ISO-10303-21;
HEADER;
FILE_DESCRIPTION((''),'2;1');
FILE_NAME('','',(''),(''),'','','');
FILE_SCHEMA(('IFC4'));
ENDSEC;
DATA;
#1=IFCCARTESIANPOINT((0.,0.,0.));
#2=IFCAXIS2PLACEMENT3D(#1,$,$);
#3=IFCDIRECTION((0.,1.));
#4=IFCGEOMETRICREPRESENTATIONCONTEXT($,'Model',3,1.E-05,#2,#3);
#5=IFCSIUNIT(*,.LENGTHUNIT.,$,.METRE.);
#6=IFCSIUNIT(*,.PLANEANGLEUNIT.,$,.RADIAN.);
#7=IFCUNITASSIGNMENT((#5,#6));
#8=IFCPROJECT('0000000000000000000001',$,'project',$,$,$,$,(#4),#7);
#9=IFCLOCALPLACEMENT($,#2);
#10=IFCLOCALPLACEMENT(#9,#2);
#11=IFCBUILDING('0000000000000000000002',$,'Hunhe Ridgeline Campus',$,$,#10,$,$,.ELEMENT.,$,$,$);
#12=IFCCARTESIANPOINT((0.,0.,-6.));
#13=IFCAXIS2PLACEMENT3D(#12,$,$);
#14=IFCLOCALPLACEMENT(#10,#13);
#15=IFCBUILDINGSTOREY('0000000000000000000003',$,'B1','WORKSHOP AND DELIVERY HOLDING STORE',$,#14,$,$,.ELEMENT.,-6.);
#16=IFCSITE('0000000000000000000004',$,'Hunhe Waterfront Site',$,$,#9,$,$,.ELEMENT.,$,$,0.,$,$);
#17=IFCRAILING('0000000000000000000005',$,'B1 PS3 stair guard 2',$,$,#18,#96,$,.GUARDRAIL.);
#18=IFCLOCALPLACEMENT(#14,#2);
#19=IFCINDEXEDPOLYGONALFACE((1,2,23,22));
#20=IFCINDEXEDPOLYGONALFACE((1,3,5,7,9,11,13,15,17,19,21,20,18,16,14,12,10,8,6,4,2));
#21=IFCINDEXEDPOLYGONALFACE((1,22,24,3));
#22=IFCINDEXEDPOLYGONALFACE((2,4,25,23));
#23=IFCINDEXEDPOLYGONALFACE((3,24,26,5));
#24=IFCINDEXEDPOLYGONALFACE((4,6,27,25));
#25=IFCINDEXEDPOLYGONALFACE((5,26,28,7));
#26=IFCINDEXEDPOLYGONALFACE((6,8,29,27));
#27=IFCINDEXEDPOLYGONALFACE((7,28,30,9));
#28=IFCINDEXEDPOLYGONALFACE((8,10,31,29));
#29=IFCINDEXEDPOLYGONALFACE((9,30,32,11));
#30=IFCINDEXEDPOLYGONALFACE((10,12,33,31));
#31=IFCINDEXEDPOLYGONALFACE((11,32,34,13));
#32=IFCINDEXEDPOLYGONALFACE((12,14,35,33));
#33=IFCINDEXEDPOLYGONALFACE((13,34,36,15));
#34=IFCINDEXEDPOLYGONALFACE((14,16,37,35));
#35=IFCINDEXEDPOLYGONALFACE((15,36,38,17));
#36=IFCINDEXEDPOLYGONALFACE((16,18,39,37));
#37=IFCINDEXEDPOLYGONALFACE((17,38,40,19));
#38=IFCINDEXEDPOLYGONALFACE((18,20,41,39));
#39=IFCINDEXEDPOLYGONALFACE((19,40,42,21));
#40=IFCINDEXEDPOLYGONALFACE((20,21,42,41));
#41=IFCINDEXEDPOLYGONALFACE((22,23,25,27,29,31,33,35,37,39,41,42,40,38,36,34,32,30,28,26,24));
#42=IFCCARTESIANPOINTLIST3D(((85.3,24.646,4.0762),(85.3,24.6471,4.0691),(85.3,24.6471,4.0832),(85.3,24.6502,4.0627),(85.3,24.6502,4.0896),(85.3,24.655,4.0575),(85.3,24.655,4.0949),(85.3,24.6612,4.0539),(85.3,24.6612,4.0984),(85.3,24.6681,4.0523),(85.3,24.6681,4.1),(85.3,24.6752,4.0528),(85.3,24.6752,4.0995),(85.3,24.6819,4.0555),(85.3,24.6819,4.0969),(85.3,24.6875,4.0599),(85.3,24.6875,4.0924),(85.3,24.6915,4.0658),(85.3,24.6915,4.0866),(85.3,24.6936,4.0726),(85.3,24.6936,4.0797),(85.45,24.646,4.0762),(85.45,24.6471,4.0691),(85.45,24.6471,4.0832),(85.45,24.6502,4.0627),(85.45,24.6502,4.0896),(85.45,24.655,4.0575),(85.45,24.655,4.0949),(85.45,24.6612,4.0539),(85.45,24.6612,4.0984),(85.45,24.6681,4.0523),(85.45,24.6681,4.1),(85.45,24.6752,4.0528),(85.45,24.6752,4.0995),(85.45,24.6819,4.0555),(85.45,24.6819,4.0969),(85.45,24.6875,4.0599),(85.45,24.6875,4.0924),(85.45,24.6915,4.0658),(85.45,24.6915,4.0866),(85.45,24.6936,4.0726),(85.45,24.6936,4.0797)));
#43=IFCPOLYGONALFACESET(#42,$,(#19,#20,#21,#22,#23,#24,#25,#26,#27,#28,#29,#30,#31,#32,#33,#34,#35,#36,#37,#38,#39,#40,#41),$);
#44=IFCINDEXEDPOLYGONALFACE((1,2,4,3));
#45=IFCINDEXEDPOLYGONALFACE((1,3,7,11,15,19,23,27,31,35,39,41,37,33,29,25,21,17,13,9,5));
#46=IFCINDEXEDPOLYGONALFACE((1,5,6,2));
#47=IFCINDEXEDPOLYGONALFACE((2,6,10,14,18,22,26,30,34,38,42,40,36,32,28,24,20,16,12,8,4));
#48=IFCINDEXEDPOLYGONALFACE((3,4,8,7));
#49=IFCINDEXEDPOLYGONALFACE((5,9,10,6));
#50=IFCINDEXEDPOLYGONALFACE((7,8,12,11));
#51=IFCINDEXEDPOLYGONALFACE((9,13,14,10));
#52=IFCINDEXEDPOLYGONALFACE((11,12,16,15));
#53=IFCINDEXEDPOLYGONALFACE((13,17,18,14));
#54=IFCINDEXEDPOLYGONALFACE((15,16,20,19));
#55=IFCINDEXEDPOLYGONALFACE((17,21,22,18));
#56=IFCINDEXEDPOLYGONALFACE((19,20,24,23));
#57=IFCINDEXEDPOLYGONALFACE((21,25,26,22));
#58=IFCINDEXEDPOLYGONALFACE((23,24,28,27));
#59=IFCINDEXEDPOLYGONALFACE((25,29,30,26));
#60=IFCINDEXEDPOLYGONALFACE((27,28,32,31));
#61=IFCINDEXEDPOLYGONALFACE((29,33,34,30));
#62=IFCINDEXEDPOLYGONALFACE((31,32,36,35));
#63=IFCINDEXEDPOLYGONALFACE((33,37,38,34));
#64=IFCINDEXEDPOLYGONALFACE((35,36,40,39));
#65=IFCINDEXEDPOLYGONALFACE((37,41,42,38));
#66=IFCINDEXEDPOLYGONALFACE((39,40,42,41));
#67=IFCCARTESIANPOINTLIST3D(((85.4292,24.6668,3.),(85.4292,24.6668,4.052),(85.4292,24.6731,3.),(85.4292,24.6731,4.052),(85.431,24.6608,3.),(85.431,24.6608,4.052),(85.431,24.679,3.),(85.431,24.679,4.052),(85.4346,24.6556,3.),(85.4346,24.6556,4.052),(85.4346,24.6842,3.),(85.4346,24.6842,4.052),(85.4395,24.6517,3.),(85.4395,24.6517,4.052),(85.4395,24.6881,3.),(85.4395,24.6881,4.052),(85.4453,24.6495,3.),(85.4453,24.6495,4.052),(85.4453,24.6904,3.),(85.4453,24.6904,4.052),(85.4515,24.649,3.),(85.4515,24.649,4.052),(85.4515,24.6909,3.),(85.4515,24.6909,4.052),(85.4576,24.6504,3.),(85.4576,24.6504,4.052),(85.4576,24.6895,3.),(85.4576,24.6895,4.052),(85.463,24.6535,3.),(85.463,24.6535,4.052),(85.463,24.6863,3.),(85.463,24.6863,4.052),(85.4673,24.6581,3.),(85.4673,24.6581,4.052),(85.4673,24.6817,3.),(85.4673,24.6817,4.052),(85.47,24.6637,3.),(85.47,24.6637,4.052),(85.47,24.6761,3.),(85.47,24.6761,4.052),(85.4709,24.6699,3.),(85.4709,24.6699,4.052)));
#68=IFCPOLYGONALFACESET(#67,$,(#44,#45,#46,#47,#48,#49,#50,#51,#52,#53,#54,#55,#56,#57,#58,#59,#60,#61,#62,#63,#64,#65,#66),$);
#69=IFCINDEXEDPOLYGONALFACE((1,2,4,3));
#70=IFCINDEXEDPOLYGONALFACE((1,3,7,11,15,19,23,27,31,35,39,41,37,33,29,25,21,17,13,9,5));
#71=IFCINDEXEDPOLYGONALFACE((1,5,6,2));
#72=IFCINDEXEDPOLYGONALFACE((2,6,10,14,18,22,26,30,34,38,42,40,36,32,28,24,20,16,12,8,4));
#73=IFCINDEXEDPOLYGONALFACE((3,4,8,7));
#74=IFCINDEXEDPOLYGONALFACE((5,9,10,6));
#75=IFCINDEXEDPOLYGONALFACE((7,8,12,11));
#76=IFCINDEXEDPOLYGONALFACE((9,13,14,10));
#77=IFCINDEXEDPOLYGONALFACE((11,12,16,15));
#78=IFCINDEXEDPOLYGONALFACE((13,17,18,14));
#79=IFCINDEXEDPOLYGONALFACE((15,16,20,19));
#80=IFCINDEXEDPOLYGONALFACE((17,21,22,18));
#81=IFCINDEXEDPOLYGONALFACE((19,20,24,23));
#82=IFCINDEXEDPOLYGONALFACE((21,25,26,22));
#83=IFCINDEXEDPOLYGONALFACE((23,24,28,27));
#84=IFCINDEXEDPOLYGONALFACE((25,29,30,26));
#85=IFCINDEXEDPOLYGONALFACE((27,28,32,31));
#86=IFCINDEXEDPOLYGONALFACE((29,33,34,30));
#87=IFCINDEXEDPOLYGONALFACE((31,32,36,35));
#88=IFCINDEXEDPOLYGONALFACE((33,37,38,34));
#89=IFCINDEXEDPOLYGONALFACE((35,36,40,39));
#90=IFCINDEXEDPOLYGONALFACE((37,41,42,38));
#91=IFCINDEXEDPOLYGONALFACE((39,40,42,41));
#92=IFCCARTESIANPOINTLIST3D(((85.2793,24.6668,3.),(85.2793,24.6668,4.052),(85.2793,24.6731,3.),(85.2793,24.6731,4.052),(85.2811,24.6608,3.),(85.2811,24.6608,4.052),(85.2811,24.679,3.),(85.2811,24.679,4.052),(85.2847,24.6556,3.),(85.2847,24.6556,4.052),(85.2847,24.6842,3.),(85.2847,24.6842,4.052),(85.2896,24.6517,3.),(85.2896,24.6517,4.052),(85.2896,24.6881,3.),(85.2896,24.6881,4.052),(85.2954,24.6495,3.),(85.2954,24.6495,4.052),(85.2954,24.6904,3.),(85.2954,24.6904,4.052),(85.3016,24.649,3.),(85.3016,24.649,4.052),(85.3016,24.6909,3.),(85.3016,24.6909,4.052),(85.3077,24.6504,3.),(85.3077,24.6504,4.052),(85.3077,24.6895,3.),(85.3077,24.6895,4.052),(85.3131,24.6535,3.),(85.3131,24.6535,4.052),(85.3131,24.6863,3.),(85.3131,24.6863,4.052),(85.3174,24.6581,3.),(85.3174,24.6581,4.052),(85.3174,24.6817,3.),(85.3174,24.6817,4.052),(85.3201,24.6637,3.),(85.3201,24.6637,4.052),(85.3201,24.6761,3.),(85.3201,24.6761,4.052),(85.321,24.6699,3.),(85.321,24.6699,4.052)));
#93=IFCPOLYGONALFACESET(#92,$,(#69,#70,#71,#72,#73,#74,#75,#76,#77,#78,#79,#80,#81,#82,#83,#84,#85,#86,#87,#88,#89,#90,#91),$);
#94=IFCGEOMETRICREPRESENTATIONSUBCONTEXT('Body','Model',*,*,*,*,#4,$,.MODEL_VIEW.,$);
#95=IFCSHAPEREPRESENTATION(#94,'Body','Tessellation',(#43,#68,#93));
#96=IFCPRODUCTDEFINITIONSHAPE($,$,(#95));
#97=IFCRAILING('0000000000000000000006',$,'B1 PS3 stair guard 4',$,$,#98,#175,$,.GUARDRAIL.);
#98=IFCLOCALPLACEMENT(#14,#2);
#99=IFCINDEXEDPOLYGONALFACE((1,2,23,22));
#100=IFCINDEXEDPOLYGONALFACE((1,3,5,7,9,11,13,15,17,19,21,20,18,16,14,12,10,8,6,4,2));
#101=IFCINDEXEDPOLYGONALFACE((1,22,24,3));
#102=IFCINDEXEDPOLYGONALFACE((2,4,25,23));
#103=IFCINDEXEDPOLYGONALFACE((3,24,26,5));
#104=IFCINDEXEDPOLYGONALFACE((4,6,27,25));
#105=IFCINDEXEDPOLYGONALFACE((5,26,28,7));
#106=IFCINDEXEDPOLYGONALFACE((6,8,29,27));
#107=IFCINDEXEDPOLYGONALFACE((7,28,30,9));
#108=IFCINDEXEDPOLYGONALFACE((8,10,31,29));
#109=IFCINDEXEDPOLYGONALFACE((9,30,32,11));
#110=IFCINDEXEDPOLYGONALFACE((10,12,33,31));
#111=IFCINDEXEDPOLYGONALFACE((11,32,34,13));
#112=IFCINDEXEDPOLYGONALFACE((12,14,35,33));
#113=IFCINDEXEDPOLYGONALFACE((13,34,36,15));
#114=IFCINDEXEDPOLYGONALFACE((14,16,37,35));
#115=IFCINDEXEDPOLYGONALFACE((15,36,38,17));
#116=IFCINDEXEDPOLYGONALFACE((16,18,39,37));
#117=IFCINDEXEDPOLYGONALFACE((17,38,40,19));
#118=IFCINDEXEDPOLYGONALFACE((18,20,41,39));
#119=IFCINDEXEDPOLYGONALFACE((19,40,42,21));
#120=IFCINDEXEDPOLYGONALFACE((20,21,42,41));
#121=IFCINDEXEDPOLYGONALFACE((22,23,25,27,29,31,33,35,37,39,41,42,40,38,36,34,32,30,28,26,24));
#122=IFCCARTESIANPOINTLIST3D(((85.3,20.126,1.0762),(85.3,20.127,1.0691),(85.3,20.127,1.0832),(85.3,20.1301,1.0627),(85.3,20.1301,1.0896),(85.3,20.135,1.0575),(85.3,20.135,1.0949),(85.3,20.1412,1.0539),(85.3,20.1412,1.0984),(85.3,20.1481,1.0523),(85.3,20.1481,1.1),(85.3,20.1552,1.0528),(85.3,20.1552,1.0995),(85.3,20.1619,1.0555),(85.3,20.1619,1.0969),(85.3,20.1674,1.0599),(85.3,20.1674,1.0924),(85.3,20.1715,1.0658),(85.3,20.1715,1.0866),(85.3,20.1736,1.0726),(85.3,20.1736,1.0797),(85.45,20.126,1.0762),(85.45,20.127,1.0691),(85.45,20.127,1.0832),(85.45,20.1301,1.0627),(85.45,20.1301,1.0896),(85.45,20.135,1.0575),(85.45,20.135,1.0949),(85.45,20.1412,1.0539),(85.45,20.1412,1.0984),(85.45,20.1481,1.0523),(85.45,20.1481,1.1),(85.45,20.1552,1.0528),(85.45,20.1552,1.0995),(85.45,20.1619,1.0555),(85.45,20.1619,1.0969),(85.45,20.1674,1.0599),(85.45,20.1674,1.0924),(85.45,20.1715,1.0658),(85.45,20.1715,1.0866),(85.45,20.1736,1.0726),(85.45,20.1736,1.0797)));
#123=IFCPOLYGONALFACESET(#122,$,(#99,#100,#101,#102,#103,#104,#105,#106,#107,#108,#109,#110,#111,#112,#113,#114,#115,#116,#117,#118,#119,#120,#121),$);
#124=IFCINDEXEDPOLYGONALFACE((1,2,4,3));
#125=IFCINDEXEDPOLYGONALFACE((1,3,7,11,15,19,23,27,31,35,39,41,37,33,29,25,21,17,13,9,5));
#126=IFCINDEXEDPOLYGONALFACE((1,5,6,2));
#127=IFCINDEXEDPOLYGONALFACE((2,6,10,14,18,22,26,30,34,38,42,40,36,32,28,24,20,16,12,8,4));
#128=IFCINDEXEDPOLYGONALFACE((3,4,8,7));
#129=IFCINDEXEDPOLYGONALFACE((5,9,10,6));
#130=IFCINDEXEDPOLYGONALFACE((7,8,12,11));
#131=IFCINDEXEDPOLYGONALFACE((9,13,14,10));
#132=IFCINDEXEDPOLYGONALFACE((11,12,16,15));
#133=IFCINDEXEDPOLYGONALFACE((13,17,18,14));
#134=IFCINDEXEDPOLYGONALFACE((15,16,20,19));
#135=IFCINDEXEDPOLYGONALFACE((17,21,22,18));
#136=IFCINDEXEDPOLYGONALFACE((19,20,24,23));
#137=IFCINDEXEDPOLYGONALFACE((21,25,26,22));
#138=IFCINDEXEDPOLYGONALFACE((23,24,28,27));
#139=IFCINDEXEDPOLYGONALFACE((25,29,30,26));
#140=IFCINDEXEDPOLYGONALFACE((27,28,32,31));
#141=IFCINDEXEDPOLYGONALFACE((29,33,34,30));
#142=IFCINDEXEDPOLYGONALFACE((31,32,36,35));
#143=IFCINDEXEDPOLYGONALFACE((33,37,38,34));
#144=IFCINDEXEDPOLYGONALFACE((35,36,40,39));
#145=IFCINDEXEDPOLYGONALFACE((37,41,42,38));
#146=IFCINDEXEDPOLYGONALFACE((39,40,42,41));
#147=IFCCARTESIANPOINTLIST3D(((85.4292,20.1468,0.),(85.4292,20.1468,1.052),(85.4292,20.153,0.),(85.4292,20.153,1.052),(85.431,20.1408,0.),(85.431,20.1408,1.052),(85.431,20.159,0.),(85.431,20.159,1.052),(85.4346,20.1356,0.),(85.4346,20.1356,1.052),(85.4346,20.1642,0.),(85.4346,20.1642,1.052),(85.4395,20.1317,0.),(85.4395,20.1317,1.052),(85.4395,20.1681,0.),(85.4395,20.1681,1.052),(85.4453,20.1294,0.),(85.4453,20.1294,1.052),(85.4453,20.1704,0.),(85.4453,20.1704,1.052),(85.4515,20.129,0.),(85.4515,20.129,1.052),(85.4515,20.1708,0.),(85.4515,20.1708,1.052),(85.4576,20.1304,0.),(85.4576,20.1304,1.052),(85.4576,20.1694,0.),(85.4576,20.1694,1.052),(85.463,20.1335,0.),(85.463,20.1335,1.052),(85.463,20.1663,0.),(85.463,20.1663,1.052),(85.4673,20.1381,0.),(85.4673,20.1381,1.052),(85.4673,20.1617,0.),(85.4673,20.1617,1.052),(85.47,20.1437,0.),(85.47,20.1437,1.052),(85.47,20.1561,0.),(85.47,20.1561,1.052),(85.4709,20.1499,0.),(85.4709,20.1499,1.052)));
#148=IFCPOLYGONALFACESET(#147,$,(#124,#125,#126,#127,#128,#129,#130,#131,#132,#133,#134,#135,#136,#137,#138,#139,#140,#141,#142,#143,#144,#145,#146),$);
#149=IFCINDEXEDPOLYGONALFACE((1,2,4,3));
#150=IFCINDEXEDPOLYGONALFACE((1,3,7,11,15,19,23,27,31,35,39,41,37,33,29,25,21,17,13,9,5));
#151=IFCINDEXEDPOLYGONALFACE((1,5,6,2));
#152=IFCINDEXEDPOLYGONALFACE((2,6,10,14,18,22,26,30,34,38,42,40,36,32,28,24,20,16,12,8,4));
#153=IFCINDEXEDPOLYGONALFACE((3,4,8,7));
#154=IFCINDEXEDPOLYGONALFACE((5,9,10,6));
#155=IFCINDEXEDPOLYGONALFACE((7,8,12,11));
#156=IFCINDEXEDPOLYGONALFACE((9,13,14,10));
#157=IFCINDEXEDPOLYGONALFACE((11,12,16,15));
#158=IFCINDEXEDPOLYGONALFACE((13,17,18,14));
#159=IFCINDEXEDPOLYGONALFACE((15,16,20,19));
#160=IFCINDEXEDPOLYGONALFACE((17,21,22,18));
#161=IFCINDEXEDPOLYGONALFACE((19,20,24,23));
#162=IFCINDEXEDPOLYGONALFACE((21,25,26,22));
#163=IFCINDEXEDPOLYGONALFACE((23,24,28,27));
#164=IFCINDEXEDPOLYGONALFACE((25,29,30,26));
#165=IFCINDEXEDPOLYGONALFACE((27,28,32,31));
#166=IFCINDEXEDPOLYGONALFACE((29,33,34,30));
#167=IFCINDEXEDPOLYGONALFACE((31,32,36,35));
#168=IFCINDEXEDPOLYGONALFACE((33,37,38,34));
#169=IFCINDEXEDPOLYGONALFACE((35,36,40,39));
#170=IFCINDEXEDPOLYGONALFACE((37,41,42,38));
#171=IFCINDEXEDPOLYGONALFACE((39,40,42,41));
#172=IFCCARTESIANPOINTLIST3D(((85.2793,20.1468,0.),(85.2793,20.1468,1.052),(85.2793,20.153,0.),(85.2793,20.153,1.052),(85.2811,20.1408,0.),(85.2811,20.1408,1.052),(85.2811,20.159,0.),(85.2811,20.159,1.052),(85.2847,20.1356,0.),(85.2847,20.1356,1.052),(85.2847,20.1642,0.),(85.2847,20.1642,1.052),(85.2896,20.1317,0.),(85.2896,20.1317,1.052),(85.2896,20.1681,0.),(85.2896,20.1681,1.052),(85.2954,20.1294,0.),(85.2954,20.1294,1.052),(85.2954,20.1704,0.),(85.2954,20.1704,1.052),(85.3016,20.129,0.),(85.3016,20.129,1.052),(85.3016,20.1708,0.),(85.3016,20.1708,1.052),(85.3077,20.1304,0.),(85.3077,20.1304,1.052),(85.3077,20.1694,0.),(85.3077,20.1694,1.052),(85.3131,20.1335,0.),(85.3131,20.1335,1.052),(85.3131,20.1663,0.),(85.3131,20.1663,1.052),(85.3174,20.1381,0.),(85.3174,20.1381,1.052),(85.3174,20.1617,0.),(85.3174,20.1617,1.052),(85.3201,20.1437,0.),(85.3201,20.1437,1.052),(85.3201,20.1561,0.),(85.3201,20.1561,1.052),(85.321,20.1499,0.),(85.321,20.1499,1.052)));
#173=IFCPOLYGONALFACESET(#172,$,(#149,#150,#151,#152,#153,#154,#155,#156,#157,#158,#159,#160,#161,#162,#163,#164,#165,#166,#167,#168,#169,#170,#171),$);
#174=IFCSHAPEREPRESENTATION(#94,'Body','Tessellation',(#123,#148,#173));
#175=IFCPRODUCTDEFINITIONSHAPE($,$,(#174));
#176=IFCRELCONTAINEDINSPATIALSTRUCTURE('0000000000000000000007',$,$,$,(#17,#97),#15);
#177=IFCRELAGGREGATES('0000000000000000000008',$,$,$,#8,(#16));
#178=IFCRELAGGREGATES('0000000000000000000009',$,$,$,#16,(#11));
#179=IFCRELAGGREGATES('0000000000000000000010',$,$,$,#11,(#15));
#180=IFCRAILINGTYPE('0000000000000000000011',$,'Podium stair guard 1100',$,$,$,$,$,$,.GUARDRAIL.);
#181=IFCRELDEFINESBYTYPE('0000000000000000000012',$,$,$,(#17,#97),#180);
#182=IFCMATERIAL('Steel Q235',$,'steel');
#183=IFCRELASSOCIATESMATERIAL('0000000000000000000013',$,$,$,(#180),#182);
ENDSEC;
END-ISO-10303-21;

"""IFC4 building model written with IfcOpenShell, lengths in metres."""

from ifc_helpers import new_model, si_unit, direction, frame, origin, origin_2d, place, context, subcontext, project, spatial, circle, extrude, material, type_object, element, save


model = new_model("IFC4")

# Units and contexts
model_context = context("Model", 3, precision=1e-05, world=origin(), true_north=direction((0.0, 1.0)))
body_context = subcontext(model_context, "Body", "Model", "MODEL_VIEW")
ifc_project = project(units=[si_unit("LENGTHUNIT", "METRE"), si_unit("PLANEANGLEUNIT", "RADIAN")], contexts=[model_context])

# Site, building, storey
site_placement = place(None, origin())
site = spatial("IfcSite", under=ifc_project, at=site_placement, Name="Hunhe Waterfront Site", CompositionType="ELEMENT", RefElevation=0.0)
building_placement = place(site_placement, origin())
building = spatial("IfcBuilding", under=site, at=building_placement, Name="Hunhe Ridgeline Campus", CompositionType="ELEMENT")
storey_placement = place(building_placement, frame((0.0, 0.0, -6.0)))
storey = spatial("IfcBuildingStorey", under=building, at=storey_placement, Name="B1", Description="WORKSHOP AND DELIVERY HOLDING STORE", CompositionType="ELEMENT", Elevation=-6.0)

# Shared definitions
ifc_material_1 = material(Name="Steel Q235", Category="steel")

# Railings
railing_type_1 = type_object("IfcRailingType", Name="Podium stair guard 1100", PredefinedType="GUARDRAIL", material=ifc_material_1)
railing_1_placement = place(storey_placement, frame((85.45, 24.6699, 3.0)))
element("IfcRailing", 1, at=railing_1_placement, inside=storey, type_object=railing_type_1, Name="B1 PS3 stair guard 2", PredefinedType="GUARDRAIL", context=body_context, shape_type="SweptSolid", body=[
    extrude(circle(Radius=0.0239, at=origin_2d()), frame((0.0, 0.0, 1.0762), z_axis=(-1.0, 0.0, 0.0), x_axis=(0.0, -1.0, 0.0)), (0.0, 0.0, 1.0), 0.1499),
    extrude(circle(Radius=0.021, at=origin_2d()), origin(), (0.0, 0.0, 1.0), 1.052),
    extrude(circle(Radius=0.021, at=origin_2d()), frame((-0.1499, 0.0, 0.0)), (0.0, 0.0, 1.0), 1.052),
])
railing_2_placement = place(storey_placement, frame((85.45, 20.1499, 0.0)))
element("IfcRailing", 2, at=railing_2_placement, inside=storey, type_object=railing_type_1, Name="B1 PS3 stair guard 4", PredefinedType="GUARDRAIL", context=body_context, shape_type="SweptSolid", body=[
    extrude(circle(Radius=0.0239, at=origin_2d()), frame((0.0, 0.0, 1.0762), z_axis=(-1.0, 0.0, 0.0), x_axis=(0.0, -1.0, 0.0)), (0.0, 0.0, 1.0), 0.1499),
    extrude(circle(Radius=0.021, at=origin_2d()), origin(), (0.0, 0.0, 1.0), 1.052),
    extrude(circle(Radius=0.021, at=origin_2d()), frame((-0.1499, 0.0, 0.0)), (0.0, 0.0, 1.0), 1.052),
])

save(model, "model.ifc")
